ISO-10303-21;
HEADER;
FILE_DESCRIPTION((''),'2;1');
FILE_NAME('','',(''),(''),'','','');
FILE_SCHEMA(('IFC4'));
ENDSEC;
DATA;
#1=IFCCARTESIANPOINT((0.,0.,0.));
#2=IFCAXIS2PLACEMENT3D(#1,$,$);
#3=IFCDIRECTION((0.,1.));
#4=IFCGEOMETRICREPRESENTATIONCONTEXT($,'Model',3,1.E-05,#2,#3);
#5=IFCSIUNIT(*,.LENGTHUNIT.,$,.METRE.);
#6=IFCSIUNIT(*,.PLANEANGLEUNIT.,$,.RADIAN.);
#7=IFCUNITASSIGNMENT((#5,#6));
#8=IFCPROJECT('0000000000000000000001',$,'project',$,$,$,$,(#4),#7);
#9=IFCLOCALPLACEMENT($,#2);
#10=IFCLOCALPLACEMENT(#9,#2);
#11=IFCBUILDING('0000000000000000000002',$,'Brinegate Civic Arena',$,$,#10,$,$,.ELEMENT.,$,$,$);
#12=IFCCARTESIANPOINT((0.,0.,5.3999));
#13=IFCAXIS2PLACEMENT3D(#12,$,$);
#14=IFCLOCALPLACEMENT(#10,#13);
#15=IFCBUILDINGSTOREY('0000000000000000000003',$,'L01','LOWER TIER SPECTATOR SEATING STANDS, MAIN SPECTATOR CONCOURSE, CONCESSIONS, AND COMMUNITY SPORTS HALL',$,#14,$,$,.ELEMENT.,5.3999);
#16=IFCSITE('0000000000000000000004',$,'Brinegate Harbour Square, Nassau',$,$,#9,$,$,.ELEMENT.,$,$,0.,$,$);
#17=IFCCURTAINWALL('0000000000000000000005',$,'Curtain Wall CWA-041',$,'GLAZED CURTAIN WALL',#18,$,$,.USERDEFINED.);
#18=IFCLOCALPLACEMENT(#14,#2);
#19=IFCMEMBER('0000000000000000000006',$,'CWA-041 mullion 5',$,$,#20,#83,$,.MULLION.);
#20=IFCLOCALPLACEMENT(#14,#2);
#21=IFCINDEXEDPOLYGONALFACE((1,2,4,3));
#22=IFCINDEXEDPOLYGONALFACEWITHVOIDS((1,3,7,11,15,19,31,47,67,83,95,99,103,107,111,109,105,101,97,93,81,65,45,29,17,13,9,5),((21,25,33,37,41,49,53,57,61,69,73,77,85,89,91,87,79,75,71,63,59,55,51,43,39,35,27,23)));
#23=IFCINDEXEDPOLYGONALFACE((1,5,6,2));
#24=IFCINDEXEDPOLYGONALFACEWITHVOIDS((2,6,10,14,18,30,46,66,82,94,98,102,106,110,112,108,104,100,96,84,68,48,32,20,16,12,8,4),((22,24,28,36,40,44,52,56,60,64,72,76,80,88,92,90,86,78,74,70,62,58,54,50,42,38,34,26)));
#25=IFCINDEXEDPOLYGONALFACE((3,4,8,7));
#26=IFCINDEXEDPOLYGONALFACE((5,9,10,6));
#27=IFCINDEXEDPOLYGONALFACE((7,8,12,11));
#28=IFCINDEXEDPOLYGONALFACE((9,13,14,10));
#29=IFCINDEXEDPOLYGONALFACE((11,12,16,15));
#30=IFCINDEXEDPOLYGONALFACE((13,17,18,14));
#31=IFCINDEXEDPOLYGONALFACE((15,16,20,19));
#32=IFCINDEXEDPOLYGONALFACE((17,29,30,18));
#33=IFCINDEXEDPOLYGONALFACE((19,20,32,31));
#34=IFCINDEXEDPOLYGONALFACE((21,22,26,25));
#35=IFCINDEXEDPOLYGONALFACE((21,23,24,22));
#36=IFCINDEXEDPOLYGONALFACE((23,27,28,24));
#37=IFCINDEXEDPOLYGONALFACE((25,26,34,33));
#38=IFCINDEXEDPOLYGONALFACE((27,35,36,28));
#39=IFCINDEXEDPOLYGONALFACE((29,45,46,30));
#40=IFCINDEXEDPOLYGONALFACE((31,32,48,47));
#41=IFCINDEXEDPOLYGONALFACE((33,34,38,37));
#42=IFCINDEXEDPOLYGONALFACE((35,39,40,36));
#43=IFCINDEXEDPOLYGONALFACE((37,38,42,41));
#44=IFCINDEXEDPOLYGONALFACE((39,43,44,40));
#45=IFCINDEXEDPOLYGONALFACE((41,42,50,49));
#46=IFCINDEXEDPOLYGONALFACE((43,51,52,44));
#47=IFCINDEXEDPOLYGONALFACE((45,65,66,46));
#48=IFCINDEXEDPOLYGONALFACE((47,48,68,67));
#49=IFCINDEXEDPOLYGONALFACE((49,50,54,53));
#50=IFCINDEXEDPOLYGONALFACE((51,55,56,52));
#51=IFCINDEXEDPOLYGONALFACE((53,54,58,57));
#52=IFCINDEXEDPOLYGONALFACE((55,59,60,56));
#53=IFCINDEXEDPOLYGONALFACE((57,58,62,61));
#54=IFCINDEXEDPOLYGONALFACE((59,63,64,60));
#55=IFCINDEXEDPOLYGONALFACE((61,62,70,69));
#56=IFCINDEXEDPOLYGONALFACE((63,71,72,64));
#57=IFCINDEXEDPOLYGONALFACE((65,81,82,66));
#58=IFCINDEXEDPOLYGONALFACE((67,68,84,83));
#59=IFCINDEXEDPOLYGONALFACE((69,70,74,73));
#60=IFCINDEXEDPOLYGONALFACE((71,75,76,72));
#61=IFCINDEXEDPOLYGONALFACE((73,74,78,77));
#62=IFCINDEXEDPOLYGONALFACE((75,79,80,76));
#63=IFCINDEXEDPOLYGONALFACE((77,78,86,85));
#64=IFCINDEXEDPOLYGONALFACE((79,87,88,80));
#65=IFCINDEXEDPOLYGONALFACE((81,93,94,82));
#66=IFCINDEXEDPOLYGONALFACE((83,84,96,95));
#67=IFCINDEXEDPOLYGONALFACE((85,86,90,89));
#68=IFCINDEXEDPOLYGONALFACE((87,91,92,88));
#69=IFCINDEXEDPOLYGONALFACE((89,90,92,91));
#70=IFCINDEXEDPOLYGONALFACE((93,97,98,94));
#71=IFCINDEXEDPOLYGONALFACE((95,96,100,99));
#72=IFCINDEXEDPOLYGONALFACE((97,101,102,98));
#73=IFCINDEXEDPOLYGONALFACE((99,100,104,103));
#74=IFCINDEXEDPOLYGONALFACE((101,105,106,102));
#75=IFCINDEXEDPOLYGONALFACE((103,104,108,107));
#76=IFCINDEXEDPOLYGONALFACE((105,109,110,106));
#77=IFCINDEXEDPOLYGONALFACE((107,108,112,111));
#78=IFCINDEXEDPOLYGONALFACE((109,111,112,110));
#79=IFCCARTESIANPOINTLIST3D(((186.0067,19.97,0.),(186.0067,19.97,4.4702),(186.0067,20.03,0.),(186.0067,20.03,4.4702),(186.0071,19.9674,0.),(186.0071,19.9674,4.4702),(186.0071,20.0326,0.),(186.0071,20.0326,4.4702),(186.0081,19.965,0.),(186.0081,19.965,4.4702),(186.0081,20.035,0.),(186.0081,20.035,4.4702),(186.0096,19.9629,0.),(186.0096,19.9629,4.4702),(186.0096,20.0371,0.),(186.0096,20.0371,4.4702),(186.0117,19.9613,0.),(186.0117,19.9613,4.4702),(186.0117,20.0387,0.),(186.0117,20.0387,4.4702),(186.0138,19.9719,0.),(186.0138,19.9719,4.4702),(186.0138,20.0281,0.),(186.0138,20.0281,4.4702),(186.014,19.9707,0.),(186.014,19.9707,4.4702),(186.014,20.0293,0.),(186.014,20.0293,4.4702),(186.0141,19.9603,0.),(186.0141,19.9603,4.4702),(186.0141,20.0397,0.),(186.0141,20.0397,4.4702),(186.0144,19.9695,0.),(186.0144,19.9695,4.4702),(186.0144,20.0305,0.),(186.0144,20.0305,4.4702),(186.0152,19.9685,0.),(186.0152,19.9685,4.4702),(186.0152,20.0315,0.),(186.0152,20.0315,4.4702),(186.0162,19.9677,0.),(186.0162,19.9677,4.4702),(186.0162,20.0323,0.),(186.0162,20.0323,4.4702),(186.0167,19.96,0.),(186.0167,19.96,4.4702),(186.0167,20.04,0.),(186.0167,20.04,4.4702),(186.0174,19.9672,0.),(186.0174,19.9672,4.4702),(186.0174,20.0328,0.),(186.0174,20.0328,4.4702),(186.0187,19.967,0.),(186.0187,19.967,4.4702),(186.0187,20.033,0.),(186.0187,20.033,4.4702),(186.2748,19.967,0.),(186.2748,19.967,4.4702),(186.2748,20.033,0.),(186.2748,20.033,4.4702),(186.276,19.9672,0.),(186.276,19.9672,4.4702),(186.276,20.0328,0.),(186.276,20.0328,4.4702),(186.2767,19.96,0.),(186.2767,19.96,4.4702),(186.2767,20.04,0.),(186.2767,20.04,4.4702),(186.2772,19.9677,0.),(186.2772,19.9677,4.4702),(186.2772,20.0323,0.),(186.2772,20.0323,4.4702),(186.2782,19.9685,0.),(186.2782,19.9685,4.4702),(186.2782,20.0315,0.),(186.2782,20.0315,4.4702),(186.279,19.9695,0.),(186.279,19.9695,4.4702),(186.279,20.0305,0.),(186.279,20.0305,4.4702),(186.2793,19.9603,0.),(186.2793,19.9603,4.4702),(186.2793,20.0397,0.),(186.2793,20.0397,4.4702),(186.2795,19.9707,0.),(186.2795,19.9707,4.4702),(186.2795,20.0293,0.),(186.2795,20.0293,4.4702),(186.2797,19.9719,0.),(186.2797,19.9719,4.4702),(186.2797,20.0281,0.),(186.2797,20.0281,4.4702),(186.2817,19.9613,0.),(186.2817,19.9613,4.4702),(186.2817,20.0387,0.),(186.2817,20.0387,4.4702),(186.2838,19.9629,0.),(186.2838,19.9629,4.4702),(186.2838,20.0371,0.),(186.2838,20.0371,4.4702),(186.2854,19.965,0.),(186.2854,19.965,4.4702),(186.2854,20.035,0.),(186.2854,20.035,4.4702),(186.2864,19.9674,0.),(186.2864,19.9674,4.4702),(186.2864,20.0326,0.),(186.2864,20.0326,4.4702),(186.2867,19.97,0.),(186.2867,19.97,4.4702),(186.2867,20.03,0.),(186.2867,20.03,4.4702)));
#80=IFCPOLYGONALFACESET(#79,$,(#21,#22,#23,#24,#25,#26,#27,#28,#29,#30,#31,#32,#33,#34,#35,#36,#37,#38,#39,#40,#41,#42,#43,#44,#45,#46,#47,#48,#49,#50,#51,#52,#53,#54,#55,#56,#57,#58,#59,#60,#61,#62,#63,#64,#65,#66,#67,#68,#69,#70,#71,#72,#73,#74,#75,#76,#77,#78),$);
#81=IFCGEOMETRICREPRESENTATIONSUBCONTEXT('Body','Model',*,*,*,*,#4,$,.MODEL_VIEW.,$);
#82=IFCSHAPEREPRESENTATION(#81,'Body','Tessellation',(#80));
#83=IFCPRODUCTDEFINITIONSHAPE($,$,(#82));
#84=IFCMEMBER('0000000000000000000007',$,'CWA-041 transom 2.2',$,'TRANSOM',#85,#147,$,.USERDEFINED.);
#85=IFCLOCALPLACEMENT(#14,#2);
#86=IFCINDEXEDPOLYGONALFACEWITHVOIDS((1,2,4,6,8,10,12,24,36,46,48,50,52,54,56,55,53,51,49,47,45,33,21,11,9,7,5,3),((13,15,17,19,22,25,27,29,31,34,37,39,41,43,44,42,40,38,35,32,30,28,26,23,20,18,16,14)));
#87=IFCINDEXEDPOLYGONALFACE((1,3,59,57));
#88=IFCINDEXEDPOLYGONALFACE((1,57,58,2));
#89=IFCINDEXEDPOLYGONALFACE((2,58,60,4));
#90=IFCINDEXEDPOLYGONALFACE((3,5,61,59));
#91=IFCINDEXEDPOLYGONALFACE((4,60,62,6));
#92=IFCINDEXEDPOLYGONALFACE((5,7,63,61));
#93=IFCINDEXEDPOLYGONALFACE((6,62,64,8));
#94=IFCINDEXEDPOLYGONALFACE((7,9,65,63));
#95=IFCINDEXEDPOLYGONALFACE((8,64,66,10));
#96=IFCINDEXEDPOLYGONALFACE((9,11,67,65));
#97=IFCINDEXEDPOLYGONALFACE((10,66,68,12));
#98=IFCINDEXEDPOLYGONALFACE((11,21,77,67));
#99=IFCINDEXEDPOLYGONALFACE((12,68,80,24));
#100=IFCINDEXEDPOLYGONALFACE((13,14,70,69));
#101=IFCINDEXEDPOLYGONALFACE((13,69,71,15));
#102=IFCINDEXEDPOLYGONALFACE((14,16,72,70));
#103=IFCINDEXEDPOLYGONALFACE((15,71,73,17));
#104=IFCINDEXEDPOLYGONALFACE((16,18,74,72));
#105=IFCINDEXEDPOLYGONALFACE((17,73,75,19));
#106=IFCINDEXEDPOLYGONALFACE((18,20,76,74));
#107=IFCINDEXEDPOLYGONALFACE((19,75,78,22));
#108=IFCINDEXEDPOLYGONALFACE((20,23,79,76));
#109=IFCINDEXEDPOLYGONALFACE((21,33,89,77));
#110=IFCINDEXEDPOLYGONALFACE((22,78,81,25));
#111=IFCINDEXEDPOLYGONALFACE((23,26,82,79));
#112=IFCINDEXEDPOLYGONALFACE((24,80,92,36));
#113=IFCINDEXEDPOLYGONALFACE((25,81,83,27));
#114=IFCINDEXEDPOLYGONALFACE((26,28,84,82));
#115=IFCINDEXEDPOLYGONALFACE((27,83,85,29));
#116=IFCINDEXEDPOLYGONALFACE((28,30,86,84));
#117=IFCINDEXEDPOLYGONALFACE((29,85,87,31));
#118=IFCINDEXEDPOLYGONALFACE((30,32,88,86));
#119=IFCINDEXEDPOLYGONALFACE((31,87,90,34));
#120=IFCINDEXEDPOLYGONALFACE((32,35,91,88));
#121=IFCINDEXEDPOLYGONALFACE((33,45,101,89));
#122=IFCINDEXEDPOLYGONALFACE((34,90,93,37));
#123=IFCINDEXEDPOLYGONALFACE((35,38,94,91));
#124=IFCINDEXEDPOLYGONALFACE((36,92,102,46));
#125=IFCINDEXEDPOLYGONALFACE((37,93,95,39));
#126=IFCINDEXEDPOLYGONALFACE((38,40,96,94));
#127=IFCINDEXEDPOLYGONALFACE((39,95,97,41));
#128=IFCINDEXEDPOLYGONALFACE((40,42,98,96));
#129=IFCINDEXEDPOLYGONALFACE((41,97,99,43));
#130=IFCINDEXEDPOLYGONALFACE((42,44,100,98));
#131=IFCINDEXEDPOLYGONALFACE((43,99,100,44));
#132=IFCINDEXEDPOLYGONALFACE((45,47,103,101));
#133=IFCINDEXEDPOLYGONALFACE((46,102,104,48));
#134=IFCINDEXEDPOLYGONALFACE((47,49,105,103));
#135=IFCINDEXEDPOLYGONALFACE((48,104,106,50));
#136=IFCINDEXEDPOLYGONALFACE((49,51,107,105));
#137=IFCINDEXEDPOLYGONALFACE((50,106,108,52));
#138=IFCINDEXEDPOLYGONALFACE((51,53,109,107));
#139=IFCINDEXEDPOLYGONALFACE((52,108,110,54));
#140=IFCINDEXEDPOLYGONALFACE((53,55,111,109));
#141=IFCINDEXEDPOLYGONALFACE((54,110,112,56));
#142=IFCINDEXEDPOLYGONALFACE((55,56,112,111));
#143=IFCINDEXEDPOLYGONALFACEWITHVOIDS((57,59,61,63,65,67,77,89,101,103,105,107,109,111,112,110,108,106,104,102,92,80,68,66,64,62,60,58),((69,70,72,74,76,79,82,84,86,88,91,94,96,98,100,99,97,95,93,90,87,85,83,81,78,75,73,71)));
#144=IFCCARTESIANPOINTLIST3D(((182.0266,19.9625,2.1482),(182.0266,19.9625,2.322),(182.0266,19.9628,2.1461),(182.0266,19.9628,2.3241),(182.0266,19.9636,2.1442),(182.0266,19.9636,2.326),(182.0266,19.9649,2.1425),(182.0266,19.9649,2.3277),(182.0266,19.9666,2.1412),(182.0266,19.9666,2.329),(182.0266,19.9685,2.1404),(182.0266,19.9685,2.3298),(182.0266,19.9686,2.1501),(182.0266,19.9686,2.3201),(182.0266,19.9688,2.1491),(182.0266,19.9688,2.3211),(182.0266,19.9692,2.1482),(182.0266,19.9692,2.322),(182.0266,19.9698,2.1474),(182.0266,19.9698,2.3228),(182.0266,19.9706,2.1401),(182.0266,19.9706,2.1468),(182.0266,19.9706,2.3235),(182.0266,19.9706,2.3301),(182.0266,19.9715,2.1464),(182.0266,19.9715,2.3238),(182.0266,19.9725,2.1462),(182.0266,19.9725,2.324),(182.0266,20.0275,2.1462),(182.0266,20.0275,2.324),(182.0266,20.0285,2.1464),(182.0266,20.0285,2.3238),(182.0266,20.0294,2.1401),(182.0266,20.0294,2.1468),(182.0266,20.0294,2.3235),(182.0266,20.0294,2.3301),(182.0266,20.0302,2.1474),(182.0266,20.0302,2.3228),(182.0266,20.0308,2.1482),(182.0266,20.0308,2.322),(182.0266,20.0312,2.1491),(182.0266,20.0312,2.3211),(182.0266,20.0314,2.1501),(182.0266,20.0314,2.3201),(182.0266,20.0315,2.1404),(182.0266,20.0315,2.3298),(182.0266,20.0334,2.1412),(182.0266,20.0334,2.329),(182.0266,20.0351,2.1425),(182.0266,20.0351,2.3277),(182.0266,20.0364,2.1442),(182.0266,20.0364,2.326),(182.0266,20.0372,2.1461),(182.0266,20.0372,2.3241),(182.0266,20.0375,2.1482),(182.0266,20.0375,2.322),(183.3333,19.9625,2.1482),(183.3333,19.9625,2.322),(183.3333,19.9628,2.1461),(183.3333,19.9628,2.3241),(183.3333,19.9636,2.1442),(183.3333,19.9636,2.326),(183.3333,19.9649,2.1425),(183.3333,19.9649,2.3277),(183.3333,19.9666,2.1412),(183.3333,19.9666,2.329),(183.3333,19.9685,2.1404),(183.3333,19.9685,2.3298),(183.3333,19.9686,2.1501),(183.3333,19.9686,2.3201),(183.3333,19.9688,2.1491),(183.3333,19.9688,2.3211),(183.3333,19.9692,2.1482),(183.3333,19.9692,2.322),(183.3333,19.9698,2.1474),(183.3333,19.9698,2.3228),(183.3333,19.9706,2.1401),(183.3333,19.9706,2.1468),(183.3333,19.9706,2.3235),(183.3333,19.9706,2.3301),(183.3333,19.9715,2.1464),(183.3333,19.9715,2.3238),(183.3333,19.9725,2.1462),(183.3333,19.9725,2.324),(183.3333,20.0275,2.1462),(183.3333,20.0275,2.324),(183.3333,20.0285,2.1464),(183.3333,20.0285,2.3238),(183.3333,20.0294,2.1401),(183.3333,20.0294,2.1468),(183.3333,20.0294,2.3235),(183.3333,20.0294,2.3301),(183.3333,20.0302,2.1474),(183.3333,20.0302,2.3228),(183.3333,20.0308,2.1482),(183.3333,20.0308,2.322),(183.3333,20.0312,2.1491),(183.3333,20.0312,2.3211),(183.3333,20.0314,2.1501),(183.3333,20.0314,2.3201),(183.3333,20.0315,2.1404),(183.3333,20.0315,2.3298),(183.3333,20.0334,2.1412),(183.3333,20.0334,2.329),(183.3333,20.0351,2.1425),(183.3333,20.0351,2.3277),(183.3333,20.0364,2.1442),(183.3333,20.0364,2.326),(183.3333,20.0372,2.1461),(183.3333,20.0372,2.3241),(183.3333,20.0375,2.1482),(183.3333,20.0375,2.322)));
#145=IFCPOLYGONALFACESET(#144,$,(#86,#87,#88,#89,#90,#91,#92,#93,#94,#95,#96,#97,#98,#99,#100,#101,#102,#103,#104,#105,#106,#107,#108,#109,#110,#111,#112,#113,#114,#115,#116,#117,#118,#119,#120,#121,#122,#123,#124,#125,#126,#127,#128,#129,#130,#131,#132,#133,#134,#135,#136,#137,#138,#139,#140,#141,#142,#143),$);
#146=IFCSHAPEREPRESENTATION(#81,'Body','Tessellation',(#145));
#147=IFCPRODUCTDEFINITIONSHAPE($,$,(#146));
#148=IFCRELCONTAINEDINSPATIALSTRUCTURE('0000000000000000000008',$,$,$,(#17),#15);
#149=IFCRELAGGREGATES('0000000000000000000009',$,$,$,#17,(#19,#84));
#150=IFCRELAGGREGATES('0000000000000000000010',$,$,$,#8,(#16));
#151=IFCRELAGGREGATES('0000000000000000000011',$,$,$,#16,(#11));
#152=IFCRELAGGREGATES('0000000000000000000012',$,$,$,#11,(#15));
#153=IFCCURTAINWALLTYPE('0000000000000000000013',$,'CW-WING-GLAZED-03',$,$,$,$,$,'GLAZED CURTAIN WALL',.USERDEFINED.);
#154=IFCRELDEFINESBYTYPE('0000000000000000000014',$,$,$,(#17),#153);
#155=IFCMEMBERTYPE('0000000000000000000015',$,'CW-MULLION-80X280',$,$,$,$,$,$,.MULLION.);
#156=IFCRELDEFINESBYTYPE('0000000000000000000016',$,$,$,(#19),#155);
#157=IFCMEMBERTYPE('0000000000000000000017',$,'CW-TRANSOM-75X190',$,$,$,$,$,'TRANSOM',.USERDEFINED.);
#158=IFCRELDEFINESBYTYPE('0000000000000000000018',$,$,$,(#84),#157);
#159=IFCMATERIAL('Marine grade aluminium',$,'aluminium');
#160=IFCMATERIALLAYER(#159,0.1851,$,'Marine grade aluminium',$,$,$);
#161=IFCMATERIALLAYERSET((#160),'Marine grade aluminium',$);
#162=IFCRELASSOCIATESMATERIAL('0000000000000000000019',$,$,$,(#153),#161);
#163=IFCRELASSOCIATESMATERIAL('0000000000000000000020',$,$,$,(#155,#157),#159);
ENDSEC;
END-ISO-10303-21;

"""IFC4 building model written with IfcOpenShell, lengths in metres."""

from ifc_helpers import new_model, si_unit, direction, frame, origin, origin_2d, place, context, subcontext, project, spatial, hollow_rectangle, extrude, material, layer, layer_set, material_profile, profile_set, type_object, element, aggregate, save


model = new_model("IFC4")

# Units and contexts
model_context = context("Model", 3, precision=1e-05, world=origin(), true_north=direction((0.0, 1.0)))
body_context = subcontext(model_context, "Body", "Model", "MODEL_VIEW")
ifc_project = project(units=[si_unit("LENGTHUNIT", "METRE"), si_unit("PLANEANGLEUNIT", "RADIAN")], contexts=[model_context])

# Site, building, storey
site_placement = place(None, origin())
site = spatial("IfcSite", under=ifc_project, at=site_placement, Name="Brinegate Harbour Square, Nassau", CompositionType="ELEMENT", RefElevation=0.0)
building_placement = place(site_placement, origin())
building = spatial("IfcBuilding", under=site, at=building_placement, Name="Brinegate Civic Arena", CompositionType="ELEMENT")
storey_placement = place(building_placement, frame((0.0, 0.0, 5.3999)))
storey = spatial("IfcBuildingStorey", under=building, at=storey_placement, Name="L01", Description="LOWER TIER SPECTATOR SEATING STANDS, MAIN SPECTATOR CONCOURSE, CONCESSIONS, AND COMMUNITY SPORTS HALL", CompositionType="ELEMENT", Elevation=5.3999)

# Curtain wall, members
ifc_material_1 = material(Name="Marine grade aluminium", Category="aluminium")
ifc_layer_1 = layer(ifc_material_1, 0.1851, Name="Marine grade aluminium")
ifc_layer_set_1 = layer_set([ifc_layer_1], Name="Marine grade aluminium")
curtain_wall_type = type_object("IfcCurtainWallType", Name="CW-WING-GLAZED-03", ElementType="GLAZED CURTAIN WALL", PredefinedType="USERDEFINED", material=ifc_layer_set_1)
curtain_wall_placement = place(storey_placement, origin())
curtain_wall = element("IfcCurtainWall", 1, at=curtain_wall_placement, inside=storey, type_object=curtain_wall_type, Name="Curtain Wall CWA-041", ObjectType="GLAZED CURTAIN WALL", PredefinedType="USERDEFINED")
ifc_material_profile_1 = material_profile(ifc_material_1, hollow_rectangle(XDim=0.0801, YDim=0.28, WallThickness=0.0071, InnerFilletRadius=0.0049, OuterFilletRadius=0.01, at=origin_2d()), Name="MUL80X280")
ifc_profile_set_1 = profile_set([ifc_material_profile_1], Name="Marine grade aluminium")
member_type_1 = type_object("IfcMemberType", Name="CW-MULLION-80X280", PredefinedType="MULLION", material=ifc_profile_set_1)
member_1_placement = place(storey_placement, frame((186.1467, 20.0, 0.0), z_axis=(0.0, 0.0, 1.0), x_axis=(0.0, 1.0, 0.0)))
member_1 = element("IfcMember", 2, at=member_1_placement, type_object=member_type_1, Name="CWA-041 mullion 5", PredefinedType="MULLION", context=body_context, shape_type="SweptSolid", body=[
    extrude(hollow_rectangle(XDim=0.0801, YDim=0.28, WallThickness=0.0071, InnerFilletRadius=0.0049, OuterFilletRadius=0.01, at=origin_2d()), origin(), (0.0, 0.0, 1.0), 4.4702),
])
ifc_material_profile_2 = material_profile(ifc_material_1, hollow_rectangle(XDim=0.075, YDim=0.1899, WallThickness=0.0061, InnerFilletRadius=0.0039, OuterFilletRadius=0.0081, at=origin_2d()), Name="TRN75X190")
ifc_profile_set_2 = profile_set([ifc_material_profile_2], Name="Marine grade aluminium")
member_type_2 = type_object("IfcMemberType", Name="CW-TRANSOM-75X190", ElementType="TRANSOM", PredefinedType="USERDEFINED", material=ifc_profile_set_2)
member_2_placement = place(storey_placement, frame((182.0266, 20.0, 2.2351), z_axis=(1.0, 0.0, 0.0), x_axis=(0.0, 1.0, 0.0)))
member_2 = element("IfcMember", 3, at=member_2_placement, type_object=member_type_2, Name="CWA-041 transom 2.2", ObjectType="TRANSOM", PredefinedType="USERDEFINED", context=body_context, shape_type="SweptSolid", body=[
    extrude(hollow_rectangle(XDim=0.075, YDim=0.1899, WallThickness=0.0061, InnerFilletRadius=0.0039, OuterFilletRadius=0.0081, at=origin_2d()), origin(), (0.0, 0.0, 1.0), 1.3066),
])

aggregate(curtain_wall, [member_1, member_2])

save(model, "model.ifc")
